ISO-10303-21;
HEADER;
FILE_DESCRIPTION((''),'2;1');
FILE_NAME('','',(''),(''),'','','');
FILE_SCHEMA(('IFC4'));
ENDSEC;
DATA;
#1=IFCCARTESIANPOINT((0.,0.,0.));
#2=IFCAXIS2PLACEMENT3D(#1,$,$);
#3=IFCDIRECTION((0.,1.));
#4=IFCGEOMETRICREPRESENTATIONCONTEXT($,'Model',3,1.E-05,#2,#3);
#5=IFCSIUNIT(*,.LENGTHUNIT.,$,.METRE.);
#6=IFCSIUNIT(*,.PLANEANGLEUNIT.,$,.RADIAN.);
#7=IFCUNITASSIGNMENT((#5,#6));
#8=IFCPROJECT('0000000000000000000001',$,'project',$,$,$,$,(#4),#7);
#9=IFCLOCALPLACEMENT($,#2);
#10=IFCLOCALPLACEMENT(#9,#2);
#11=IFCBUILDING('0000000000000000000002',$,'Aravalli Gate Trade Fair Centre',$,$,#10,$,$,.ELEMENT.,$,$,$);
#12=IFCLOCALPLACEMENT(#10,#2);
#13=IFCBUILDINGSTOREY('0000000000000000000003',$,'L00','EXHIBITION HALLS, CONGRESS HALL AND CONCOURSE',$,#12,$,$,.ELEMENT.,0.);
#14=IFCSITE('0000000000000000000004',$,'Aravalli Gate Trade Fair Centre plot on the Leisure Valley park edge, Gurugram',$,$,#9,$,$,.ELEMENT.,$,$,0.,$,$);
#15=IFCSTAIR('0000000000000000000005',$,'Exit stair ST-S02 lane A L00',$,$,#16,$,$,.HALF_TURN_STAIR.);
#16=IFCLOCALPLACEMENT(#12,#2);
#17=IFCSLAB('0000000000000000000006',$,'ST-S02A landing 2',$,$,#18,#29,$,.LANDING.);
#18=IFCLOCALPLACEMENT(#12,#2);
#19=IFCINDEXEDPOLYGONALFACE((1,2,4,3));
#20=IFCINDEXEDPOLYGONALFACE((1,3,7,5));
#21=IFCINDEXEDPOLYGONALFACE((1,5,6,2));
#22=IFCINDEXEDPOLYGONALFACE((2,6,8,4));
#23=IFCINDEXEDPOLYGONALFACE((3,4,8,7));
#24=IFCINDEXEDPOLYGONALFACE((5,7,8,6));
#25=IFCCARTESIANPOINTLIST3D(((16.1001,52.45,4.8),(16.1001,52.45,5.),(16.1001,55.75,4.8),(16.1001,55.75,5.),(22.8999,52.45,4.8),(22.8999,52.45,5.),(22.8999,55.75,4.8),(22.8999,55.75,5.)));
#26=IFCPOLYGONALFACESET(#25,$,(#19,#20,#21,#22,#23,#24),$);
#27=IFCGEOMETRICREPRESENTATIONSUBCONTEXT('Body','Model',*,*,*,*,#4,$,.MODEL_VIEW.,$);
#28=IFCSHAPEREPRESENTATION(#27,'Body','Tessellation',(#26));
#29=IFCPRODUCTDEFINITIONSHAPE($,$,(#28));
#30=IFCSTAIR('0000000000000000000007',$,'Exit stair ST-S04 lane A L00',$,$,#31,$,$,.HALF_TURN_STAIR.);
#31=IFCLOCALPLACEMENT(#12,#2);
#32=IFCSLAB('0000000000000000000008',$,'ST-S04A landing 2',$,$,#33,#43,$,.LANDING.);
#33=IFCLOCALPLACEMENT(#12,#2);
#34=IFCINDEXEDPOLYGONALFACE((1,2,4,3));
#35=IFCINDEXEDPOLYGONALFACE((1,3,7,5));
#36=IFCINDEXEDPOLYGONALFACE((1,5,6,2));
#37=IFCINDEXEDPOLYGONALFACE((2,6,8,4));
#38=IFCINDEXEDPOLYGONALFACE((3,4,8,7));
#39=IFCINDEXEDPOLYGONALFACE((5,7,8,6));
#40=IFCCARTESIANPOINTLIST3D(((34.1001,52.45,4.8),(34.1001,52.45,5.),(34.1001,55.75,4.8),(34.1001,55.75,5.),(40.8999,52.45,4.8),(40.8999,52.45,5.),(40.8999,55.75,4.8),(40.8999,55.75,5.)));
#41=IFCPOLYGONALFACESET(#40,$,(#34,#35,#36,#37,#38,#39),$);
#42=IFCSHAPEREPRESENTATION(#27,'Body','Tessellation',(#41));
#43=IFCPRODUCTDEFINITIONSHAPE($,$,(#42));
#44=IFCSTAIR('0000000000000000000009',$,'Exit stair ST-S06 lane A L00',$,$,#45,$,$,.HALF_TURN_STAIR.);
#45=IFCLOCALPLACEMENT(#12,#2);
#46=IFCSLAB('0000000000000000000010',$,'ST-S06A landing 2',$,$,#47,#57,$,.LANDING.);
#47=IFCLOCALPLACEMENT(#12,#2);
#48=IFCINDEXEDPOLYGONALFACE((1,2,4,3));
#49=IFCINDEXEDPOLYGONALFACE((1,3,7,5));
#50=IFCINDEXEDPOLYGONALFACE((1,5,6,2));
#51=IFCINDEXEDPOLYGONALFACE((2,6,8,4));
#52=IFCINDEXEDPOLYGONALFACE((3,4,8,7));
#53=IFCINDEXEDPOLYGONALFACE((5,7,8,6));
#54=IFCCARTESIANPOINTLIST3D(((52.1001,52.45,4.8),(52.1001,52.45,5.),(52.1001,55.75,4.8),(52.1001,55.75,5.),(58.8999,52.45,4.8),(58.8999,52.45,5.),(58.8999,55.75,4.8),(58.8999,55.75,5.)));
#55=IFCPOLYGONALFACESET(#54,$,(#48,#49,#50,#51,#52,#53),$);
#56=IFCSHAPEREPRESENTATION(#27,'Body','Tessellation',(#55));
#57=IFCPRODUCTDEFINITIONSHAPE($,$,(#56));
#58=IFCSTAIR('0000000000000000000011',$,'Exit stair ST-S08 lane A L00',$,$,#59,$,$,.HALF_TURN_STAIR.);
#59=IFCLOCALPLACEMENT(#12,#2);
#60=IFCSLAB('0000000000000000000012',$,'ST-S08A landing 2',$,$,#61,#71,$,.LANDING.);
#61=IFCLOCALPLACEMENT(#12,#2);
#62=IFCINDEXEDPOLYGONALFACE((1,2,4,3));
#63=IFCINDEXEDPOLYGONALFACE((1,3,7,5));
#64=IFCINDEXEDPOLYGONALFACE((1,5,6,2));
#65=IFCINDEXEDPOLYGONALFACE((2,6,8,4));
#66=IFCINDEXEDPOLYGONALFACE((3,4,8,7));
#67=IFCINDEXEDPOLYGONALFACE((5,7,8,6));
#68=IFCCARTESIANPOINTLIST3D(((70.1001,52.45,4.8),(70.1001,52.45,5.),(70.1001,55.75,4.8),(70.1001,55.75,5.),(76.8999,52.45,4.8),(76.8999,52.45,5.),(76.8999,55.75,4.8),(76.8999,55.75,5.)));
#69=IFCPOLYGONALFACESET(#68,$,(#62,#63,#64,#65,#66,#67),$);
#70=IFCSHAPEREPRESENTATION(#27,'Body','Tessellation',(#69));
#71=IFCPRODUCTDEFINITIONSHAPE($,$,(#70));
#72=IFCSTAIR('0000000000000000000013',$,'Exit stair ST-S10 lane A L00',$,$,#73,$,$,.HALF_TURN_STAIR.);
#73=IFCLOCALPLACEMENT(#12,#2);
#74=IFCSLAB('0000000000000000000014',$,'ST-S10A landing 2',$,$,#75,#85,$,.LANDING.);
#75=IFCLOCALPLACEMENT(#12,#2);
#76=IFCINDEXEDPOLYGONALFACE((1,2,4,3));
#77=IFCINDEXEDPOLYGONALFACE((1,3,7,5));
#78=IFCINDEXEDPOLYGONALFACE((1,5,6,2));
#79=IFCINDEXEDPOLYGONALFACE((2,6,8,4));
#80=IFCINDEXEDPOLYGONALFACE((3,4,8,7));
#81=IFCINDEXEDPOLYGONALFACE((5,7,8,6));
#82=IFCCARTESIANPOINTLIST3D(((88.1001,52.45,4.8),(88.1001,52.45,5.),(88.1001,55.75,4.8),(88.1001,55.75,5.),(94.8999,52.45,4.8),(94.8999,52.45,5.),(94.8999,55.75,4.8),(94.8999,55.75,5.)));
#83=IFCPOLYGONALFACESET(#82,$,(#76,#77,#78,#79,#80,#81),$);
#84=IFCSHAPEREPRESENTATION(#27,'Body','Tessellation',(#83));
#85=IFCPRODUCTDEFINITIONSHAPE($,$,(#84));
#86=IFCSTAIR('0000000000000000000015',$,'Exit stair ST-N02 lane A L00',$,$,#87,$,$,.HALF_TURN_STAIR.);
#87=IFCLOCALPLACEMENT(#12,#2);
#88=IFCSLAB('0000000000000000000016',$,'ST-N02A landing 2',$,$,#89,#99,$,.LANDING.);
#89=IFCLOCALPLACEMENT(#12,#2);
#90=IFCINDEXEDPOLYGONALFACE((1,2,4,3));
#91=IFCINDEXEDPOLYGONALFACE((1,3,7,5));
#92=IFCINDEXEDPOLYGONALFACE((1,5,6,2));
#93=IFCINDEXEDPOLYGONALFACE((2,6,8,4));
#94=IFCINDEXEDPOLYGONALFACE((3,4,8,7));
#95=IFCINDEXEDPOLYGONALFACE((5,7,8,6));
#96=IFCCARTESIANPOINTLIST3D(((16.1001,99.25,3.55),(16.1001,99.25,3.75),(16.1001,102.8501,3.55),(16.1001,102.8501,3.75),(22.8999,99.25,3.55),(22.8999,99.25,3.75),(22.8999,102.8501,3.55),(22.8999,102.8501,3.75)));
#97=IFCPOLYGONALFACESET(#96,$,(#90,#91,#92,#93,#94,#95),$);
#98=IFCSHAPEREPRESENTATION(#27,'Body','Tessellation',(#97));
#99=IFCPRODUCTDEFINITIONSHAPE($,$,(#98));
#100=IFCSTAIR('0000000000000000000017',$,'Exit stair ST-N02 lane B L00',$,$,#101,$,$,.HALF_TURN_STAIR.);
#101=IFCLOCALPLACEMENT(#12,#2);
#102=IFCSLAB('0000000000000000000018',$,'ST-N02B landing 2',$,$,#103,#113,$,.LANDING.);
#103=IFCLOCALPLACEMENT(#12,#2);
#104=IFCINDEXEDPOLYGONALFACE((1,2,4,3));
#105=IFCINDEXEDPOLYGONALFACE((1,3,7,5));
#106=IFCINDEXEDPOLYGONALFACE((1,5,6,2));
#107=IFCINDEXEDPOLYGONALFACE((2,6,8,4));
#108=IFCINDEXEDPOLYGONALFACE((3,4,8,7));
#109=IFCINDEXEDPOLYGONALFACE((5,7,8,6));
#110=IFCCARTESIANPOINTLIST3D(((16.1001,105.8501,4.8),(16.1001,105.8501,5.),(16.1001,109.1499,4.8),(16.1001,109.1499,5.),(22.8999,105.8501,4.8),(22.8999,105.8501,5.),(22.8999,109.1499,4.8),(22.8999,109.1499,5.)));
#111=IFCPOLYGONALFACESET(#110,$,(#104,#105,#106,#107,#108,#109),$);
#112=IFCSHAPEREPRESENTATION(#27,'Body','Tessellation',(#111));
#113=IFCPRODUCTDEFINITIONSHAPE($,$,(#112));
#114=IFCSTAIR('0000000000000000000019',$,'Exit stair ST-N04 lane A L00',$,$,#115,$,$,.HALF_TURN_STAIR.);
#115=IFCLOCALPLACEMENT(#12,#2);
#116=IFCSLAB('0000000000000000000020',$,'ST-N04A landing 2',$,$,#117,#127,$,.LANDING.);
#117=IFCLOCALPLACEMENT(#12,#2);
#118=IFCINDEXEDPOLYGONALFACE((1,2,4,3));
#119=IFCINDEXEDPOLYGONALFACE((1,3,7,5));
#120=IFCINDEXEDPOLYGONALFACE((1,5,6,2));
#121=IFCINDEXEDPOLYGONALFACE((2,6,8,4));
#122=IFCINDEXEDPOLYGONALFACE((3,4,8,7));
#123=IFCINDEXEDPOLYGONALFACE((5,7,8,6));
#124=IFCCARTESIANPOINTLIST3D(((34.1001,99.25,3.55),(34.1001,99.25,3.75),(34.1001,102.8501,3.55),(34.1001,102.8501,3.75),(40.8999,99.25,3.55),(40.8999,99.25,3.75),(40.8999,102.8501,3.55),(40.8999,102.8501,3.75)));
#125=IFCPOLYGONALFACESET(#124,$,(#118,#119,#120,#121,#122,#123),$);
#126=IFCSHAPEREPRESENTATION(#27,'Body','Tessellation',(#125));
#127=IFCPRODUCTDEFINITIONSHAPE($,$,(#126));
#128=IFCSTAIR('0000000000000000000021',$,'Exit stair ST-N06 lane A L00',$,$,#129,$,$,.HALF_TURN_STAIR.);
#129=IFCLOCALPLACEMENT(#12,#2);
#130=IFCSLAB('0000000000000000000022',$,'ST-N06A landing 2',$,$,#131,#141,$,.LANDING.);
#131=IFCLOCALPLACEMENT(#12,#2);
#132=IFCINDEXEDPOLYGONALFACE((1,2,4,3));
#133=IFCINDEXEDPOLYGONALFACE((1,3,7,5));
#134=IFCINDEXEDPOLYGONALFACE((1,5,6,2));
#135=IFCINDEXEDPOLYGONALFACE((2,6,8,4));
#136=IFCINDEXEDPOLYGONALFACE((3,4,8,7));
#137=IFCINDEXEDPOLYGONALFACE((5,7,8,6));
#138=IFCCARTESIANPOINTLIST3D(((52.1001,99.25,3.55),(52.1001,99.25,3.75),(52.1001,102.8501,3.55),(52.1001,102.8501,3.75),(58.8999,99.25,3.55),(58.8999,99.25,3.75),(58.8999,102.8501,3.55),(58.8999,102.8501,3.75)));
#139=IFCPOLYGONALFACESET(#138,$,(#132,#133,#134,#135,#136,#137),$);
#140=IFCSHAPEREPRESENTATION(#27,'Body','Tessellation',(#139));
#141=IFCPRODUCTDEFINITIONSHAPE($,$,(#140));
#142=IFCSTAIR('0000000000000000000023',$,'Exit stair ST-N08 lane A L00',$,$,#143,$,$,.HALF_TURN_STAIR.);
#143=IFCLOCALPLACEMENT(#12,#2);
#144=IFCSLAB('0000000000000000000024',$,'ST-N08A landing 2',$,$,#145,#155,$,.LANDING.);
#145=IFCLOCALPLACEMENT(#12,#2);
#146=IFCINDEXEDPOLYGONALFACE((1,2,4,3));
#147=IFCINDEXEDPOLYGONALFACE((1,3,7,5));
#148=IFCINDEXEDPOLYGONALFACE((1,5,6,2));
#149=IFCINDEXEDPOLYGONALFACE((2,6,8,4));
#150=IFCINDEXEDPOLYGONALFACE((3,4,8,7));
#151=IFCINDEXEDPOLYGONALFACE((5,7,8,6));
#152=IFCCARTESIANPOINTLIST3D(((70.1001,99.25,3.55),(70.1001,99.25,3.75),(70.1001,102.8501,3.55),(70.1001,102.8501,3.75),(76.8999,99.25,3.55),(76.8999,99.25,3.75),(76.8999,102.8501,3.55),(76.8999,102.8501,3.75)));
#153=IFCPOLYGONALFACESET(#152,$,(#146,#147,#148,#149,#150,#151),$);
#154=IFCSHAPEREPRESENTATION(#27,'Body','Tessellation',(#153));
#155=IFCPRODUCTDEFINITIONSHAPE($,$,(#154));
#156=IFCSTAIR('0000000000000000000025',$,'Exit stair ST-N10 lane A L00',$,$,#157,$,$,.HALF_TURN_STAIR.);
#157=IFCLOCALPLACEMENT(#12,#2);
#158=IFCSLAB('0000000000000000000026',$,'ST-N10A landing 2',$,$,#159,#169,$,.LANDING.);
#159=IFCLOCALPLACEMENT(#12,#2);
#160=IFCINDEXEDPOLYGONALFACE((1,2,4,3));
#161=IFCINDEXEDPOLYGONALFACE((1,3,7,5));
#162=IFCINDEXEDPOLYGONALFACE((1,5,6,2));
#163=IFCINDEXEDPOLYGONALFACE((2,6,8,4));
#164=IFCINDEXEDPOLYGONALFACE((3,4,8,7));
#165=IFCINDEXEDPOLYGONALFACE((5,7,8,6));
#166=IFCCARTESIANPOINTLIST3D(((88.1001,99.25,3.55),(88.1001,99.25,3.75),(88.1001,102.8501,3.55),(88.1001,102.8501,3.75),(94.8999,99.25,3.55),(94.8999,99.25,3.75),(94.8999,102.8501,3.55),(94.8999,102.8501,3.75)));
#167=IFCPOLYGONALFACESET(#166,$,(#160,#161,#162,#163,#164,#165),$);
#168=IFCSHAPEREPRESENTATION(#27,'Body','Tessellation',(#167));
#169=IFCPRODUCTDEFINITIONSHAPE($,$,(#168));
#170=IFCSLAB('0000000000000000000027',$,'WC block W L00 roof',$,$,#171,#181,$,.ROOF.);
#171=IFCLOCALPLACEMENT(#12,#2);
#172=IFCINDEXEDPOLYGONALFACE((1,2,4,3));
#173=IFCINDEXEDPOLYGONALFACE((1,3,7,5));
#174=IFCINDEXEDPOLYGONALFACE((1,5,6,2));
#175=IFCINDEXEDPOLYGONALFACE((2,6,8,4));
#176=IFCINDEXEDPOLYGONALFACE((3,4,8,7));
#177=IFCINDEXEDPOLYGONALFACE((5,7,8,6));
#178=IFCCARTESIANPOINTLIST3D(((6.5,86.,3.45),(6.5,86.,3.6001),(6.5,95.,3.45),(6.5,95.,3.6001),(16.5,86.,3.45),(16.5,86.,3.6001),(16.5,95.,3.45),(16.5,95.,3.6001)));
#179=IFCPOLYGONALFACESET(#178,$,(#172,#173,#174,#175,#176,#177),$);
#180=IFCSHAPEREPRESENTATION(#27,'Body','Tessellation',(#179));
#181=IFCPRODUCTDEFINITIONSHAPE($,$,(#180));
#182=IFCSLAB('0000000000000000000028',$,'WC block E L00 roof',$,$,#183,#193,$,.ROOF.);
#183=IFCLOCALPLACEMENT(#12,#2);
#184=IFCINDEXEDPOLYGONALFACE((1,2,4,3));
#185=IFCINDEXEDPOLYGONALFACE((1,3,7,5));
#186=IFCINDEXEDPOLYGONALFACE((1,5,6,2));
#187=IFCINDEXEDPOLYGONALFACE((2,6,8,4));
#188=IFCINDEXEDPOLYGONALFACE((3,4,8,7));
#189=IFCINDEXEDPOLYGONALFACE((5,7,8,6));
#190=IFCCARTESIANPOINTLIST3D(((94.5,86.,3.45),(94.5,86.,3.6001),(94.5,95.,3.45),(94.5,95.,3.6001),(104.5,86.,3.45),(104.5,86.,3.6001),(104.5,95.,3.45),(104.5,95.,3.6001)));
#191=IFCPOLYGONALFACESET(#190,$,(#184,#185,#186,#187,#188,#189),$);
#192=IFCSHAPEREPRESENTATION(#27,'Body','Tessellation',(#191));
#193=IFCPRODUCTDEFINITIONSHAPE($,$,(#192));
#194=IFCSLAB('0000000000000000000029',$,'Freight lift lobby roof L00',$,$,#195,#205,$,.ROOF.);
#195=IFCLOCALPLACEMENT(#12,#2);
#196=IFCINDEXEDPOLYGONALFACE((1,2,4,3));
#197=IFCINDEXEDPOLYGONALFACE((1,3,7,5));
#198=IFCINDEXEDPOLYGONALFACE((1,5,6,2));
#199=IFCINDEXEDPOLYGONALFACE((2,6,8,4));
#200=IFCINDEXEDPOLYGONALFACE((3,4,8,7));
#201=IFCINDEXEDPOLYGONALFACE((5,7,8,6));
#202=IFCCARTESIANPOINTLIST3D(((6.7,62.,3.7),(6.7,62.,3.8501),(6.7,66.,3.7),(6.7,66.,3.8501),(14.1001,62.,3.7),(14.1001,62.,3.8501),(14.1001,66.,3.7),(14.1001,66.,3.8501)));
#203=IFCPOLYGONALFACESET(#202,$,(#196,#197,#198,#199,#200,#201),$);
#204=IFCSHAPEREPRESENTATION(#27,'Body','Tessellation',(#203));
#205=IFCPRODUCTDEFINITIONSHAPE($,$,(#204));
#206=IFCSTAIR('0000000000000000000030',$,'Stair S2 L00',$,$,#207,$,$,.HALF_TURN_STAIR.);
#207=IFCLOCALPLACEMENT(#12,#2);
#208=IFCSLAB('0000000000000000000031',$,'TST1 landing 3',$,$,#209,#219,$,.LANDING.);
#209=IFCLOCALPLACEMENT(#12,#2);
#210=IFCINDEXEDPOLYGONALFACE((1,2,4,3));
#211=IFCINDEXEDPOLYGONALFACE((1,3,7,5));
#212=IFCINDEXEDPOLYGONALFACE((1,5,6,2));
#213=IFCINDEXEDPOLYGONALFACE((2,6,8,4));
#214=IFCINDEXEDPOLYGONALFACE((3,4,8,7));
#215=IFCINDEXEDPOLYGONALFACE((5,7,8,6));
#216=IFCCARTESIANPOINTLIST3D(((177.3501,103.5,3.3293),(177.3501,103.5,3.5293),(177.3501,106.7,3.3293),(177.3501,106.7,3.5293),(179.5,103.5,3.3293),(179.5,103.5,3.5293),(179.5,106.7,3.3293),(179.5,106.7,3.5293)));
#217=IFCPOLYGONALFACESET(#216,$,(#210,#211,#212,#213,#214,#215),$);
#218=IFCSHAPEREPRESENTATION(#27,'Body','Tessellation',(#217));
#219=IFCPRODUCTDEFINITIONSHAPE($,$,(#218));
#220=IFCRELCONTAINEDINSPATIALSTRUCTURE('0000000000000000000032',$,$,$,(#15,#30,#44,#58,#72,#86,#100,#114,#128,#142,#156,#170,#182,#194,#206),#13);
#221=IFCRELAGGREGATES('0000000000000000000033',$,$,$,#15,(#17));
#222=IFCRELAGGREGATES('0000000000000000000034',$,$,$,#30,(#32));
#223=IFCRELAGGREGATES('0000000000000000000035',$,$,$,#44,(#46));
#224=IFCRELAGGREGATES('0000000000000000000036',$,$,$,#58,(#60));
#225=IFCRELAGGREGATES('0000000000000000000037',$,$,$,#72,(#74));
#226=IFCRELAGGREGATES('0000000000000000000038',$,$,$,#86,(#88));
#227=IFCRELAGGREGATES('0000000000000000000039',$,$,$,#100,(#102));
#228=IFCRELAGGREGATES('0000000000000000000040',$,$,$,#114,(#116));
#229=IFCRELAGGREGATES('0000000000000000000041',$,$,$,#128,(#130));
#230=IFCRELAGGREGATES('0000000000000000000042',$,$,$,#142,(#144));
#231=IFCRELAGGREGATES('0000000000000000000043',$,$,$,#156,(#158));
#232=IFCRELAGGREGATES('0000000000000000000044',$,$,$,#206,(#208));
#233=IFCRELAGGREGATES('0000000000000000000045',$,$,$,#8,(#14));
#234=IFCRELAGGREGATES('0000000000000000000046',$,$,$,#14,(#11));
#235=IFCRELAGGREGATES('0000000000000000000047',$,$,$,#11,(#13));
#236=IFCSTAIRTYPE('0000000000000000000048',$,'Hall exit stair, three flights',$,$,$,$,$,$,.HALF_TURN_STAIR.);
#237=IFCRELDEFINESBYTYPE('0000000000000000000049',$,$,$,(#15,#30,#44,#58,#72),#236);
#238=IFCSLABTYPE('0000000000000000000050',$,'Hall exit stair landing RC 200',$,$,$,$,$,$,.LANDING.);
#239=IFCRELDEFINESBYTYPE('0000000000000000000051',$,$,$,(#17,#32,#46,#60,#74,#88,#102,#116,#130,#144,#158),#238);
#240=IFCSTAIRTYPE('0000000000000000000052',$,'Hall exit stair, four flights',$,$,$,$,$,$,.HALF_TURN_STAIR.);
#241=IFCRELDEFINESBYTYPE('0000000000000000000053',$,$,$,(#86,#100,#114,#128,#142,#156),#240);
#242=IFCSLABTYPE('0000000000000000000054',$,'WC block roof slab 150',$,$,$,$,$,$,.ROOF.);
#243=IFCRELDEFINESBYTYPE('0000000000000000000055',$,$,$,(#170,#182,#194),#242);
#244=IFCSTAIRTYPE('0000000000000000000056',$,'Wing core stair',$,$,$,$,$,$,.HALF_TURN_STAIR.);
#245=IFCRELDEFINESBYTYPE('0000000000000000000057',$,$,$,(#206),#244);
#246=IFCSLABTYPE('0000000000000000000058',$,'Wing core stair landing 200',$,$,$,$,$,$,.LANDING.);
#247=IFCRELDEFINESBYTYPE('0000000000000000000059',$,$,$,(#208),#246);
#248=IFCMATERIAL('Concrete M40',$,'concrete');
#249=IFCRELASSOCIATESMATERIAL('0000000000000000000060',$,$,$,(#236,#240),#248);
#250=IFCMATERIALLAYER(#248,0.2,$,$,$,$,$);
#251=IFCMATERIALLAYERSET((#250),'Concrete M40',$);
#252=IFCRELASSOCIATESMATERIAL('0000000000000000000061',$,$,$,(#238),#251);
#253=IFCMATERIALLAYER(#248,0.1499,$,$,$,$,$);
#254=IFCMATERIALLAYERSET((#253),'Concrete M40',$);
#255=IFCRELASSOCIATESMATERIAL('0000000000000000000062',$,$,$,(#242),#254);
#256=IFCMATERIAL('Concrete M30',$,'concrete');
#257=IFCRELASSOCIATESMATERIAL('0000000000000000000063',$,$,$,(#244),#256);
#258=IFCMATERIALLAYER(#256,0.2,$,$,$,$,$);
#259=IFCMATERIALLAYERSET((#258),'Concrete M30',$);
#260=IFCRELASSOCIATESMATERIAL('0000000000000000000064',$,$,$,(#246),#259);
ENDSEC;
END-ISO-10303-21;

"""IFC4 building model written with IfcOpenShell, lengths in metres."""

from ifc_helpers import new_model, si_unit, direction, frame, origin, place, context, subcontext, project, spatial, polyline, outline, extrude, material, layer, layer_set, type_object, element, aggregate, save


model = new_model("IFC4")

# Units and contexts
model_context = context("Model", 3, precision=1e-05, world=origin(), true_north=direction((0.0, 1.0)))
body_context = subcontext(model_context, "Body", "Model", "MODEL_VIEW")
ifc_project = project(units=[si_unit("LENGTHUNIT", "METRE"), si_unit("PLANEANGLEUNIT", "RADIAN")], contexts=[model_context])

# Site, building, storey
site_placement = place(None, origin())
site = spatial("IfcSite", under=ifc_project, at=site_placement, Name="Aravalli Gate Trade Fair Centre plot on the Leisure Valley park edge, Gurugram", CompositionType="ELEMENT", RefElevation=0.0)
building_placement = place(site_placement, origin())
building = spatial("IfcBuilding", under=site, at=building_placement, Name="Aravalli Gate Trade Fair Centre", CompositionType="ELEMENT")
storey_placement = place(building_placement, origin())
storey = spatial("IfcBuildingStorey", under=building, at=storey_placement, Name="L00", Description="EXHIBITION HALLS, CONGRESS HALL AND CONCOURSE", CompositionType="ELEMENT", Elevation=0.0)

# Stairs, slabs
ifc_material_1 = material(Name="Concrete M40", Category="concrete")
stair_type_1 = type_object("IfcStairType", Name="Hall exit stair, three flights", PredefinedType="HALF_TURN_STAIR", material=ifc_material_1)
stair_1_placement = place(storey_placement, origin())
stair_1 = element("IfcStair", 1, at=stair_1_placement, inside=storey, type_object=stair_type_1, Name="Exit stair ST-S02 lane A L00", PredefinedType="HALF_TURN_STAIR")
ifc_layer_1 = layer(ifc_material_1, 0.2)
ifc_layer_set_1 = layer_set([ifc_layer_1], Name="Concrete M40")
slab_type_1 = type_object("IfcSlabType", Name="Hall exit stair landing RC 200", PredefinedType="LANDING", material=ifc_layer_set_1)
slab_1_placement = place(storey_placement, frame((0.0, 0.0, 4.8)))
slab_1 = element("IfcSlab", 2, at=slab_1_placement, type_object=slab_type_1, Name="ST-S02A landing 2", PredefinedType="LANDING", context=body_context, shape_type="SweptSolid", body=[
    extrude(outline(polyline([(16.1001, 52.45), (22.8999, 52.45), (22.8999, 55.75), (16.1001, 55.75), (16.1001, 52.45)])), origin(), (0.0, 0.0, 1.0), 0.2),
])
aggregate(stair_1, [slab_1])
stair_2_placement = place(storey_placement, origin())
stair_2 = element("IfcStair", 3, at=stair_2_placement, inside=storey, type_object=stair_type_1, Name="Exit stair ST-S04 lane A L00", PredefinedType="HALF_TURN_STAIR")
slab_2_placement = place(storey_placement, frame((0.0, 0.0, 4.8)))
slab_2 = element("IfcSlab", 4, at=slab_2_placement, type_object=slab_type_1, Name="ST-S04A landing 2", PredefinedType="LANDING", context=body_context, shape_type="SweptSolid", body=[
    extrude(outline(polyline([(34.1001, 52.45), (40.8999, 52.45), (40.8999, 55.75), (34.1001, 55.75), (34.1001, 52.45)])), origin(), (0.0, 0.0, 1.0), 0.2),
])
aggregate(stair_2, [slab_2])
stair_3_placement = place(storey_placement, origin())
stair_3 = element("IfcStair", 5, at=stair_3_placement, inside=storey, type_object=stair_type_1, Name="Exit stair ST-S06 lane A L00", PredefinedType="HALF_TURN_STAIR")
slab_3_placement = place(storey_placement, frame((0.0, 0.0, 4.8)))
slab_3 = element("IfcSlab", 6, at=slab_3_placement, type_object=slab_type_1, Name="ST-S06A landing 2", PredefinedType="LANDING", context=body_context, shape_type="SweptSolid", body=[
    extrude(outline(polyline([(52.1001, 52.45), (58.8999, 52.45), (58.8999, 55.75), (52.1001, 55.75), (52.1001, 52.45)])), origin(), (0.0, 0.0, 1.0), 0.2),
])
aggregate(stair_3, [slab_3])
stair_4_placement = place(storey_placement, origin())
stair_4 = element("IfcStair", 7, at=stair_4_placement, inside=storey, type_object=stair_type_1, Name="Exit stair ST-S08 lane A L00", PredefinedType="HALF_TURN_STAIR")
slab_4_placement = place(storey_placement, frame((0.0, 0.0, 4.8)))
slab_4 = element("IfcSlab", 8, at=slab_4_placement, type_object=slab_type_1, Name="ST-S08A landing 2", PredefinedType="LANDING", context=body_context, shape_type="SweptSolid", body=[
    extrude(outline(polyline([(70.1001, 52.45), (76.8999, 52.45), (76.8999, 55.75), (70.1001, 55.75), (70.1001, 52.45)])), origin(), (0.0, 0.0, 1.0), 0.2),
])
aggregate(stair_4, [slab_4])
stair_5_placement = place(storey_placement, origin())
stair_5 = element("IfcStair", 9, at=stair_5_placement, inside=storey, type_object=stair_type_1, Name="Exit stair ST-S10 lane A L00", PredefinedType="HALF_TURN_STAIR")
slab_5_placement = place(storey_placement, frame((0.0, 0.0, 4.8)))
slab_5 = element("IfcSlab", 10, at=slab_5_placement, type_object=slab_type_1, Name="ST-S10A landing 2", PredefinedType="LANDING", context=body_context, shape_type="SweptSolid", body=[
    extrude(outline(polyline([(88.1001, 52.45), (94.8999, 52.45), (94.8999, 55.75), (88.1001, 55.75), (88.1001, 52.45)])), origin(), (0.0, 0.0, 1.0), 0.2),
])
aggregate(stair_5, [slab_5])
stair_type_2 = type_object("IfcStairType", Name="Hall exit stair, four flights", PredefinedType="HALF_TURN_STAIR", material=ifc_material_1)
stair_6_placement = place(storey_placement, origin())
stair_6 = element("IfcStair", 11, at=stair_6_placement, inside=storey, type_object=stair_type_2, Name="Exit stair ST-N02 lane A L00", PredefinedType="HALF_TURN_STAIR")
slab_6_placement = place(storey_placement, frame((0.0, 0.0, 3.55)))
slab_6 = element("IfcSlab", 12, at=slab_6_placement, type_object=slab_type_1, Name="ST-N02A landing 2", PredefinedType="LANDING", context=body_context, shape_type="SweptSolid", body=[
    extrude(outline(polyline([(16.1001, 102.8501), (22.8999, 102.8501), (22.8999, 99.25), (16.1001, 99.25), (16.1001, 102.8501)])), origin(), (0.0, 0.0, 1.0), 0.2),
])
aggregate(stair_6, [slab_6])
stair_7_placement = place(storey_placement, origin())
stair_7 = element("IfcStair", 13, at=stair_7_placement, inside=storey, type_object=stair_type_2, Name="Exit stair ST-N02 lane B L00", PredefinedType="HALF_TURN_STAIR")
slab_7_placement = place(storey_placement, frame((0.0, 0.0, 4.8)))
slab_7 = element("IfcSlab", 14, at=slab_7_placement, type_object=slab_type_1, Name="ST-N02B landing 2", PredefinedType="LANDING", context=body_context, shape_type="SweptSolid", body=[
    extrude(outline(polyline([(16.1001, 109.1499), (22.8999, 109.1499), (22.8999, 105.8501), (16.1001, 105.8501), (16.1001, 109.1499)])), origin(), (0.0, 0.0, 1.0), 0.2),
])
aggregate(stair_7, [slab_7])
stair_8_placement = place(storey_placement, origin())
stair_8 = element("IfcStair", 15, at=stair_8_placement, inside=storey, type_object=stair_type_2, Name="Exit stair ST-N04 lane A L00", PredefinedType="HALF_TURN_STAIR")
slab_8_placement = place(storey_placement, frame((0.0, 0.0, 3.55)))
slab_8 = element("IfcSlab", 16, at=slab_8_placement, type_object=slab_type_1, Name="ST-N04A landing 2", PredefinedType="LANDING", context=body_context, shape_type="SweptSolid", body=[
    extrude(outline(polyline([(34.1001, 102.8501), (40.8999, 102.8501), (40.8999, 99.25), (34.1001, 99.25), (34.1001, 102.8501)])), origin(), (0.0, 0.0, 1.0), 0.2),
])
aggregate(stair_8, [slab_8])
stair_9_placement = place(storey_placement, origin())
stair_9 = element("IfcStair", 17, at=stair_9_placement, inside=storey, type_object=stair_type_2, Name="Exit stair ST-N06 lane A L00", PredefinedType="HALF_TURN_STAIR")
slab_9_placement = place(storey_placement, frame((0.0, 0.0, 3.55)))
slab_9 = element("IfcSlab", 18, at=slab_9_placement, type_object=slab_type_1, Name="ST-N06A landing 2", PredefinedType="LANDING", context=body_context, shape_type="SweptSolid", body=[
    extrude(outline(polyline([(52.1001, 102.8501), (58.8999, 102.8501), (58.8999, 99.25), (52.1001, 99.25), (52.1001, 102.8501)])), origin(), (0.0, 0.0, 1.0), 0.2),
])
aggregate(stair_9, [slab_9])
stair_10_placement = place(storey_placement, origin())
stair_10 = element("IfcStair", 19, at=stair_10_placement, inside=storey, type_object=stair_type_2, Name="Exit stair ST-N08 lane A L00", PredefinedType="HALF_TURN_STAIR")
slab_10_placement = place(storey_placement, frame((0.0, 0.0, 3.55)))
slab_10 = element("IfcSlab", 20, at=slab_10_placement, type_object=slab_type_1, Name="ST-N08A landing 2", PredefinedType="LANDING", context=body_context, shape_type="SweptSolid", body=[
    extrude(outline(polyline([(70.1001, 102.8501), (76.8999, 102.8501), (76.8999, 99.25), (70.1001, 99.25), (70.1001, 102.8501)])), origin(), (0.0, 0.0, 1.0), 0.2),
])
aggregate(stair_10, [slab_10])
stair_11_placement = place(storey_placement, origin())
stair_11 = element("IfcStair", 21, at=stair_11_placement, inside=storey, type_object=stair_type_2, Name="Exit stair ST-N10 lane A L00", PredefinedType="HALF_TURN_STAIR")
slab_11_placement = place(storey_placement, frame((0.0, 0.0, 3.55)))
slab_11 = element("IfcSlab", 22, at=slab_11_placement, type_object=slab_type_1, Name="ST-N10A landing 2", PredefinedType="LANDING", context=body_context, shape_type="SweptSolid", body=[
    extrude(outline(polyline([(88.1001, 102.8501), (94.8999, 102.8501), (94.8999, 99.25), (88.1001, 99.25), (88.1001, 102.8501)])), origin(), (0.0, 0.0, 1.0), 0.2),
])
aggregate(stair_11, [slab_11])

# Slabs
ifc_layer_2 = layer(ifc_material_1, 0.1499)
ifc_layer_set_2 = layer_set([ifc_layer_2], Name="Concrete M40")
slab_type_2 = type_object("IfcSlabType", Name="WC block roof slab 150", PredefinedType="ROOF", material=ifc_layer_set_2)
slab_12_placement = place(storey_placement, frame((0.0, 0.0, 3.45)))
element("IfcSlab", 23, at=slab_12_placement, inside=storey, type_object=slab_type_2, Name="WC block W L00 roof", PredefinedType="ROOF", context=body_context, shape_type="SweptSolid", body=[
    extrude(outline(polyline([(6.5, 86.0), (16.5, 86.0), (16.5, 95.0), (6.5, 95.0), (6.5, 86.0)])), origin(), (0.0, 0.0, 1.0), 0.1501),
])
slab_13_placement = place(storey_placement, frame((0.0, 0.0, 3.45)))
element("IfcSlab", 24, at=slab_13_placement, inside=storey, type_object=slab_type_2, Name="WC block E L00 roof", PredefinedType="ROOF", context=body_context, shape_type="SweptSolid", body=[
    extrude(outline(polyline([(94.5, 86.0), (104.5, 86.0), (104.5, 95.0), (94.5, 95.0), (94.5, 86.0)])), origin(), (0.0, 0.0, 1.0), 0.1501),
])
slab_14_placement = place(storey_placement, frame((0.0, 0.0, 3.7)))
element("IfcSlab", 25, at=slab_14_placement, inside=storey, type_object=slab_type_2, Name="Freight lift lobby roof L00", PredefinedType="ROOF", context=body_context, shape_type="SweptSolid", body=[
    extrude(outline(polyline([(6.7, 62.0), (14.1001, 62.0), (14.1001, 66.0), (6.7, 66.0), (6.7, 62.0)])), origin(), (0.0, 0.0, 1.0), 0.1501),
])

# Stair, slab
ifc_material_2 = material(Name="Concrete M30", Category="concrete")
stair_type_3 = type_object("IfcStairType", Name="Wing core stair", PredefinedType="HALF_TURN_STAIR", material=ifc_material_2)
stair_12_placement = place(storey_placement, origin())
stair_12 = element("IfcStair", 26, at=stair_12_placement, inside=storey, type_object=stair_type_3, Name="Stair S2 L00", PredefinedType="HALF_TURN_STAIR")
ifc_layer_3 = layer(ifc_material_2, 0.2)
ifc_layer_set_3 = layer_set([ifc_layer_3], Name="Concrete M30")
slab_type_3 = type_object("IfcSlabType", Name="Wing core stair landing 200", PredefinedType="LANDING", material=ifc_layer_set_3)
slab_15_placement = place(storey_placement, frame((0.0, 0.0, 3.3293)))
slab_15 = element("IfcSlab", 27, at=slab_15_placement, type_object=slab_type_3, Name="TST1 landing 3", PredefinedType="LANDING", context=body_context, shape_type="SweptSolid", body=[
    extrude(outline(polyline([(177.3501, 103.5), (179.5, 103.5), (179.5, 106.7), (177.3501, 106.7), (177.3501, 103.5)])), origin(), (0.0, 0.0, 1.0), 0.2),
])
aggregate(stair_12, [slab_15])

save(model, "model.ifc")
